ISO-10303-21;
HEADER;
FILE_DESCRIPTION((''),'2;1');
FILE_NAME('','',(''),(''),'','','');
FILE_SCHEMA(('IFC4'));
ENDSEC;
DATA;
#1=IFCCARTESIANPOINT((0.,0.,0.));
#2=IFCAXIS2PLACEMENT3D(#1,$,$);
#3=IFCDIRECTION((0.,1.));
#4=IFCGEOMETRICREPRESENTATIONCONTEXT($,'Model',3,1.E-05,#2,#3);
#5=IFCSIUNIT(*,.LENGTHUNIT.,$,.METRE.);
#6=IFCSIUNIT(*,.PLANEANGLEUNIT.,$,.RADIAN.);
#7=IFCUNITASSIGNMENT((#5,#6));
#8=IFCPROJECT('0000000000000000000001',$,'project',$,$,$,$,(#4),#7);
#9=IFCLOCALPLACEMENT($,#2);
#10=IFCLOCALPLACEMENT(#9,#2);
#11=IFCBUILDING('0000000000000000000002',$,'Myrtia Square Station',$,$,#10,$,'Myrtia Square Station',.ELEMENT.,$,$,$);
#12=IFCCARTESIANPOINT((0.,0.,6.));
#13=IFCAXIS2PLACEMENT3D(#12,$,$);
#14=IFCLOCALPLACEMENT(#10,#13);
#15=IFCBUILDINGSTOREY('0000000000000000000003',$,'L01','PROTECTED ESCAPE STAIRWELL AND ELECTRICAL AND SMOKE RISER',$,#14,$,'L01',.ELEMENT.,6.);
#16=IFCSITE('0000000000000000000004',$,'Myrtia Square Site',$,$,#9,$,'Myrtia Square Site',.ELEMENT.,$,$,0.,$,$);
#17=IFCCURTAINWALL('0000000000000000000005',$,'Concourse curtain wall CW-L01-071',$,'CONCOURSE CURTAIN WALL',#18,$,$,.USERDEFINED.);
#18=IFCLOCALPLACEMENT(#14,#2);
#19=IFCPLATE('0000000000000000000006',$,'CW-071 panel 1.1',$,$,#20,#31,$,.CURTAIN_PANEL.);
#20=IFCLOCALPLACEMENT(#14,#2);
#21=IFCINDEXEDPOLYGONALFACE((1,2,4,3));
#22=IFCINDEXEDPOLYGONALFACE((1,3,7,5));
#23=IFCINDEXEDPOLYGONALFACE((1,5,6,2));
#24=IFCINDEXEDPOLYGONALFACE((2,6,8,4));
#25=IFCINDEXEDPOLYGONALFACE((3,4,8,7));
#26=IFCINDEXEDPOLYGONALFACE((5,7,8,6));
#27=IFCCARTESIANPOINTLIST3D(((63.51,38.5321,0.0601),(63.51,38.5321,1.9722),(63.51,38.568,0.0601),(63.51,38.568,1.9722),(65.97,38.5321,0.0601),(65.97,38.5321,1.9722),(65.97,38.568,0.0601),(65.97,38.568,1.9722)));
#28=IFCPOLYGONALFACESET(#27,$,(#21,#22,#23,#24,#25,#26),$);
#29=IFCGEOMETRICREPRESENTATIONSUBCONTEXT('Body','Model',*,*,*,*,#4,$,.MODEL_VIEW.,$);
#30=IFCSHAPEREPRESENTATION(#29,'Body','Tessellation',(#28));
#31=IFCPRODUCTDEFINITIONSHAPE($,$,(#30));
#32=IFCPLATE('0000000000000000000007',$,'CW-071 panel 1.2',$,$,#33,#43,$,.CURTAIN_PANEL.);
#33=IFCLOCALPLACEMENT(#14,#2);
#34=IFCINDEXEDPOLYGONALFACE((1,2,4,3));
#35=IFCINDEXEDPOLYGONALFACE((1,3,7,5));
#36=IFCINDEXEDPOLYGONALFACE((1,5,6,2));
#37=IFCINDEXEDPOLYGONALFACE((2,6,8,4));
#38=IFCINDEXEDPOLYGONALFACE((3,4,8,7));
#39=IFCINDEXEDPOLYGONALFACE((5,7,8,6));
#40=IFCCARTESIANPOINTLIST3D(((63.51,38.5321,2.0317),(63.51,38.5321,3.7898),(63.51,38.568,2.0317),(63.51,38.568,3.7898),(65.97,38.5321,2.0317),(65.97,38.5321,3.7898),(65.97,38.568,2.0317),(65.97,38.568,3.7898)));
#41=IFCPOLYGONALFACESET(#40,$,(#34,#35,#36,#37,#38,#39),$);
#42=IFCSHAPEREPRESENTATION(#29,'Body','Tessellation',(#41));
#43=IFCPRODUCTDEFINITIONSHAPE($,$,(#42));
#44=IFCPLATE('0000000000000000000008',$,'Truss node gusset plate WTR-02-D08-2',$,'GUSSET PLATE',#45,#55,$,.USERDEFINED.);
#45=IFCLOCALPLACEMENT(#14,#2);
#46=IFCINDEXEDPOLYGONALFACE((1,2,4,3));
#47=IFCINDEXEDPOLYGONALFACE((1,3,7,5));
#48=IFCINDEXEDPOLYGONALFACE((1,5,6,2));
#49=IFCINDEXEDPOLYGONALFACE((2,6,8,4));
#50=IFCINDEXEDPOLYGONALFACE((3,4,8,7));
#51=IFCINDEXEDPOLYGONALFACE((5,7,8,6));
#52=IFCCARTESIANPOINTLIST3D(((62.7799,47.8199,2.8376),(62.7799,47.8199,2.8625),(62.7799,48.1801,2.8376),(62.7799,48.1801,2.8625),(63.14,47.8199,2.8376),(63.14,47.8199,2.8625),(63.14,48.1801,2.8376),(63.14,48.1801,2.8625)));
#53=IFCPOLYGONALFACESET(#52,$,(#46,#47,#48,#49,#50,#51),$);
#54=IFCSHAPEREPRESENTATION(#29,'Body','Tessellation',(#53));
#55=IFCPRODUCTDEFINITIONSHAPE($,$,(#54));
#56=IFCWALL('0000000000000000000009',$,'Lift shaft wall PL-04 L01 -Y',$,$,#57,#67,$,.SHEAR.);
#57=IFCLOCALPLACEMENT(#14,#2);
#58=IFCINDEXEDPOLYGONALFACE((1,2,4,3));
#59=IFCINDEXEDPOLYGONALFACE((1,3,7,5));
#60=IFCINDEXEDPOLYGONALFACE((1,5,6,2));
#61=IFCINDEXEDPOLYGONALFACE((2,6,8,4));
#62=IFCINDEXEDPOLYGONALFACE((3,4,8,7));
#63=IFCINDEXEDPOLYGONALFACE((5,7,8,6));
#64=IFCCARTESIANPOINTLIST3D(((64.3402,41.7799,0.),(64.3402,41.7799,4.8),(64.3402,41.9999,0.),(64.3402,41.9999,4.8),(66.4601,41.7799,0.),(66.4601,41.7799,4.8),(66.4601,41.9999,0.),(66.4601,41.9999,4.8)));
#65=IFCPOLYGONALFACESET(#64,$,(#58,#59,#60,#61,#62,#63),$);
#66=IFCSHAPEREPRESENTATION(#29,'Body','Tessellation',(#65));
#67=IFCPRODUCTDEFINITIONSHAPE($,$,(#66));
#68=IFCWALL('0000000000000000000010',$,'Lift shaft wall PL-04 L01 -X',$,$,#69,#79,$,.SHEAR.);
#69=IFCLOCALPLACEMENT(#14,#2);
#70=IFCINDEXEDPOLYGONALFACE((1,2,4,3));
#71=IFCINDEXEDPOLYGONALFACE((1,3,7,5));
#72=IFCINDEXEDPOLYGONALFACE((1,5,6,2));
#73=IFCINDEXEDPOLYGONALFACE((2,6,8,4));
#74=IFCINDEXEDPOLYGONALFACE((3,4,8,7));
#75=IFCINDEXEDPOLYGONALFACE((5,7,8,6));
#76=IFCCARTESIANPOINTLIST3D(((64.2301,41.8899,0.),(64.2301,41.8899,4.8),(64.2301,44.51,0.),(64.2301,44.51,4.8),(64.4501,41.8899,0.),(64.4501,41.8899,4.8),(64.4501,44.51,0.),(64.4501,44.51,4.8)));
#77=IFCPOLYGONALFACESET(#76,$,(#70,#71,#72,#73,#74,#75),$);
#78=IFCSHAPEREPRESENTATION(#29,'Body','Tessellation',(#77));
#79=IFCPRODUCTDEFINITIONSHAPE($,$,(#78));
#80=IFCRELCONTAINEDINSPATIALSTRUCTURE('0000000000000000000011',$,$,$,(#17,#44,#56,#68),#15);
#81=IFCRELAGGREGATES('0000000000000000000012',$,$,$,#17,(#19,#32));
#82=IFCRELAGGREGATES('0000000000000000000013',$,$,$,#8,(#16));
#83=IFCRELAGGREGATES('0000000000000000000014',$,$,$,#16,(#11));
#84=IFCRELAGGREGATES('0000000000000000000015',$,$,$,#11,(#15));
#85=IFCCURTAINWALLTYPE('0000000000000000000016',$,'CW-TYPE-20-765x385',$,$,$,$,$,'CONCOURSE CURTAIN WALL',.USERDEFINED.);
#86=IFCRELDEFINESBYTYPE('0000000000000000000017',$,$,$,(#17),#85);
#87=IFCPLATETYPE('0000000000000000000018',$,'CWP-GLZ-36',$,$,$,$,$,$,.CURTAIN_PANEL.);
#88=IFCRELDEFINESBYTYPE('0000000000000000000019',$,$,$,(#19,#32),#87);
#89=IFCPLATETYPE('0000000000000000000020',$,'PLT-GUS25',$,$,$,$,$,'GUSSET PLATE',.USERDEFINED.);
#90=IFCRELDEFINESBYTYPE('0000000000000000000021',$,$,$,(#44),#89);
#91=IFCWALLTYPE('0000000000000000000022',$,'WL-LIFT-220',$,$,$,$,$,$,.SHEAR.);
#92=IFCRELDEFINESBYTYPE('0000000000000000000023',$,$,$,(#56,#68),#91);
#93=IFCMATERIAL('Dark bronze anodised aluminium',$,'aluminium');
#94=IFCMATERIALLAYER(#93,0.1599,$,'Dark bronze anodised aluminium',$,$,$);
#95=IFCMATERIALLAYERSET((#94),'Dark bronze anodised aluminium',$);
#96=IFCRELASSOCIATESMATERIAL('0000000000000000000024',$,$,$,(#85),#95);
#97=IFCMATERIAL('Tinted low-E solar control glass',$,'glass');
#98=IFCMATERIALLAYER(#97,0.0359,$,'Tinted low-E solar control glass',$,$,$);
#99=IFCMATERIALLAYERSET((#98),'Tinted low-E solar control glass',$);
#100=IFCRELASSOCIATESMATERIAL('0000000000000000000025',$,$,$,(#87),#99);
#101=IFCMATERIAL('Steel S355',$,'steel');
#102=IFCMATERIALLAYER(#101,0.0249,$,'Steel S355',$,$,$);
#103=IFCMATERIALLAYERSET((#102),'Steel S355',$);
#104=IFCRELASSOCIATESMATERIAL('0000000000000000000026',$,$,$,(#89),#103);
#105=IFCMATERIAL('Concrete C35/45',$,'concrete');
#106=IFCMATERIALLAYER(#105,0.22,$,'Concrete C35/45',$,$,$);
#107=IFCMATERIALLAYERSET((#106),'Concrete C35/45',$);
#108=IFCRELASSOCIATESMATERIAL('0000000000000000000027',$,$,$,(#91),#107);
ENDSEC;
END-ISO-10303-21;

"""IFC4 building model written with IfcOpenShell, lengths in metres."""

from ifc_helpers import new_model, si_unit, direction, frame, frame_2d, origin, origin_2d, place, context, subcontext, project, spatial, rectangle, extrude, material, layer, layer_set, type_object, element, aggregate, save


model = new_model("IFC4")

# Units and contexts
model_context = context("Model", 3, precision=1e-05, world=origin(), true_north=direction((0.0, 1.0)))
body_context = subcontext(model_context, "Body", "Model", "MODEL_VIEW")
ifc_project = project(units=[si_unit("LENGTHUNIT", "METRE"), si_unit("PLANEANGLEUNIT", "RADIAN")], contexts=[model_context])

# Site, building, storey
site_placement = place(None, origin())
site = spatial("IfcSite", under=ifc_project, at=site_placement, Name="Myrtia Square Site", LongName="Myrtia Square Site", CompositionType="ELEMENT", RefElevation=0.0)
building_placement = place(site_placement, origin())
building = spatial("IfcBuilding", under=site, at=building_placement, Name="Myrtia Square Station", LongName="Myrtia Square Station", CompositionType="ELEMENT")
storey_placement = place(building_placement, frame((0.0, 0.0, 6.0)))
storey = spatial("IfcBuildingStorey", under=building, at=storey_placement, Name="L01", Description="PROTECTED ESCAPE STAIRWELL AND ELECTRICAL AND SMOKE RISER", LongName="L01", CompositionType="ELEMENT", Elevation=6.0)

# Shared definitions
ifc_material_1 = material(Name="Steel S355", Category="steel")

# Shared definitions
ifc_material_2 = material(Name="Dark bronze anodised aluminium", Category="aluminium")

# Curtain wall
ifc_layer_1 = layer(ifc_material_2, 0.1599, Name="Dark bronze anodised aluminium")
ifc_layer_set_1 = layer_set([ifc_layer_1], Name="Dark bronze anodised aluminium")
curtain_wall_type_1 = type_object("IfcCurtainWallType", Name="CW-TYPE-20-765x385", ElementType="CONCOURSE CURTAIN WALL", PredefinedType="USERDEFINED", material=ifc_layer_set_1)
curtain_wall_1_placement = place(storey_placement, origin())
curtain_wall_1 = element("IfcCurtainWall", 1, at=curtain_wall_1_placement, inside=storey, type_object=curtain_wall_type_1, Name="Concourse curtain wall CW-L01-071", ObjectType="CONCOURSE CURTAIN WALL", PredefinedType="USERDEFINED")

# Plates
ifc_material_3 = material(Name="Tinted low-E solar control glass", Category="glass")
ifc_layer_2 = layer(ifc_material_3, 0.0359, Name="Tinted low-E solar control glass")
ifc_layer_set_2 = layer_set([ifc_layer_2], Name="Tinted low-E solar control glass")
plate_type_1 = type_object("IfcPlateType", Name="CWP-GLZ-36", PredefinedType="CURTAIN_PANEL", material=ifc_layer_set_2)
plate_1_placement = place(storey_placement, frame((64.74, 38.55, 0.0601), z_axis=(0.0, 0.0, 1.0), x_axis=(1.0, 0.0, 0.0)))
plate_1 = element("IfcPlate", 2, at=plate_1_placement, type_object=plate_type_1, Name="CW-071 panel 1.1", PredefinedType="CURTAIN_PANEL", context=body_context, shape_type="SweptSolid", body=[
    extrude(rectangle(XDim=2.46, YDim=0.0359, at=origin_2d()), origin(), (0.0, 0.0, 1.0), 1.9121),
])
plate_2_placement = place(storey_placement, frame((64.74, 38.55, 2.0317), z_axis=(0.0, 0.0, 1.0), x_axis=(1.0, 0.0, 0.0)))
plate_2 = element("IfcPlate", 3, at=plate_2_placement, type_object=plate_type_1, Name="CW-071 panel 1.2", PredefinedType="CURTAIN_PANEL", context=body_context, shape_type="SweptSolid", body=[
    extrude(rectangle(XDim=2.46, YDim=0.0359, at=origin_2d()), origin(), (0.0, 0.0, 1.0), 1.7581),
])
aggregate(curtain_wall_1, [plate_1, plate_2])
ifc_layer_3 = layer(ifc_material_1, 0.0249, Name="Steel S355")
ifc_layer_set_3 = layer_set([ifc_layer_3], Name="Steel S355")
plate_type_2 = type_object("IfcPlateType", Name="PLT-GUS25", ElementType="GUSSET PLATE", PredefinedType="USERDEFINED", material=ifc_layer_set_3)
plate_3_placement = place(storey_placement, frame((62.96, 48.0, 2.8376), z_axis=(0.0, 0.0, 1.0), x_axis=(1.0, 0.0, 0.0)))
element("IfcPlate", 4, at=plate_3_placement, inside=storey, type_object=plate_type_2, Name="Truss node gusset plate WTR-02-D08-2", ObjectType="GUSSET PLATE", PredefinedType="USERDEFINED", context=body_context, shape_type="SweptSolid", body=[
    extrude(rectangle(XDim=0.3601, YDim=0.3601, at=origin_2d()), origin(), (0.0, 0.0, 1.0), 0.0249),
])

# Wall
ifc_material_4 = material(Name="Concrete C35/45", Category="concrete")
ifc_layer_4 = layer(ifc_material_4, 0.22, Name="Concrete C35/45")
ifc_layer_set_4 = layer_set([ifc_layer_4], Name="Concrete C35/45")
wall_type = type_object("IfcWallType", Name="WL-LIFT-220", PredefinedType="SHEAR", material=ifc_layer_set_4)
wall_1_placement = place(storey_placement, frame((64.3401, 41.8899, 0.0), z_axis=(0.0, 0.0, 1.0), x_axis=(1.0, 0.0, 0.0)))
element("IfcWall", 5, at=wall_1_placement, inside=storey, type_object=wall_type, Name="Lift shaft wall PL-04 L01 -Y", PredefinedType="SHEAR", context=body_context, shape_type="SweptSolid", body=[
    extrude(rectangle(XDim=2.1199, YDim=0.22, at=frame_2d((1.0601, 0.0))), origin(), (0.0, 0.0, 1.0), 4.8),
])

# Wall
wall_2_placement = place(storey_placement, frame((64.3401, 41.8899, 0.0), z_axis=(0.0, 0.0, 1.0), x_axis=(0.0, 1.0, 0.0)))
element("IfcWall", 6, at=wall_2_placement, inside=storey, type_object=wall_type, Name="Lift shaft wall PL-04 L01 -X", PredefinedType="SHEAR", context=body_context, shape_type="SweptSolid", body=[
    extrude(rectangle(XDim=2.6201, YDim=0.22, at=frame_2d((1.3101, 0.0))), origin(), (0.0, 0.0, 1.0), 4.8),
])

save(model, "model.ifc")
